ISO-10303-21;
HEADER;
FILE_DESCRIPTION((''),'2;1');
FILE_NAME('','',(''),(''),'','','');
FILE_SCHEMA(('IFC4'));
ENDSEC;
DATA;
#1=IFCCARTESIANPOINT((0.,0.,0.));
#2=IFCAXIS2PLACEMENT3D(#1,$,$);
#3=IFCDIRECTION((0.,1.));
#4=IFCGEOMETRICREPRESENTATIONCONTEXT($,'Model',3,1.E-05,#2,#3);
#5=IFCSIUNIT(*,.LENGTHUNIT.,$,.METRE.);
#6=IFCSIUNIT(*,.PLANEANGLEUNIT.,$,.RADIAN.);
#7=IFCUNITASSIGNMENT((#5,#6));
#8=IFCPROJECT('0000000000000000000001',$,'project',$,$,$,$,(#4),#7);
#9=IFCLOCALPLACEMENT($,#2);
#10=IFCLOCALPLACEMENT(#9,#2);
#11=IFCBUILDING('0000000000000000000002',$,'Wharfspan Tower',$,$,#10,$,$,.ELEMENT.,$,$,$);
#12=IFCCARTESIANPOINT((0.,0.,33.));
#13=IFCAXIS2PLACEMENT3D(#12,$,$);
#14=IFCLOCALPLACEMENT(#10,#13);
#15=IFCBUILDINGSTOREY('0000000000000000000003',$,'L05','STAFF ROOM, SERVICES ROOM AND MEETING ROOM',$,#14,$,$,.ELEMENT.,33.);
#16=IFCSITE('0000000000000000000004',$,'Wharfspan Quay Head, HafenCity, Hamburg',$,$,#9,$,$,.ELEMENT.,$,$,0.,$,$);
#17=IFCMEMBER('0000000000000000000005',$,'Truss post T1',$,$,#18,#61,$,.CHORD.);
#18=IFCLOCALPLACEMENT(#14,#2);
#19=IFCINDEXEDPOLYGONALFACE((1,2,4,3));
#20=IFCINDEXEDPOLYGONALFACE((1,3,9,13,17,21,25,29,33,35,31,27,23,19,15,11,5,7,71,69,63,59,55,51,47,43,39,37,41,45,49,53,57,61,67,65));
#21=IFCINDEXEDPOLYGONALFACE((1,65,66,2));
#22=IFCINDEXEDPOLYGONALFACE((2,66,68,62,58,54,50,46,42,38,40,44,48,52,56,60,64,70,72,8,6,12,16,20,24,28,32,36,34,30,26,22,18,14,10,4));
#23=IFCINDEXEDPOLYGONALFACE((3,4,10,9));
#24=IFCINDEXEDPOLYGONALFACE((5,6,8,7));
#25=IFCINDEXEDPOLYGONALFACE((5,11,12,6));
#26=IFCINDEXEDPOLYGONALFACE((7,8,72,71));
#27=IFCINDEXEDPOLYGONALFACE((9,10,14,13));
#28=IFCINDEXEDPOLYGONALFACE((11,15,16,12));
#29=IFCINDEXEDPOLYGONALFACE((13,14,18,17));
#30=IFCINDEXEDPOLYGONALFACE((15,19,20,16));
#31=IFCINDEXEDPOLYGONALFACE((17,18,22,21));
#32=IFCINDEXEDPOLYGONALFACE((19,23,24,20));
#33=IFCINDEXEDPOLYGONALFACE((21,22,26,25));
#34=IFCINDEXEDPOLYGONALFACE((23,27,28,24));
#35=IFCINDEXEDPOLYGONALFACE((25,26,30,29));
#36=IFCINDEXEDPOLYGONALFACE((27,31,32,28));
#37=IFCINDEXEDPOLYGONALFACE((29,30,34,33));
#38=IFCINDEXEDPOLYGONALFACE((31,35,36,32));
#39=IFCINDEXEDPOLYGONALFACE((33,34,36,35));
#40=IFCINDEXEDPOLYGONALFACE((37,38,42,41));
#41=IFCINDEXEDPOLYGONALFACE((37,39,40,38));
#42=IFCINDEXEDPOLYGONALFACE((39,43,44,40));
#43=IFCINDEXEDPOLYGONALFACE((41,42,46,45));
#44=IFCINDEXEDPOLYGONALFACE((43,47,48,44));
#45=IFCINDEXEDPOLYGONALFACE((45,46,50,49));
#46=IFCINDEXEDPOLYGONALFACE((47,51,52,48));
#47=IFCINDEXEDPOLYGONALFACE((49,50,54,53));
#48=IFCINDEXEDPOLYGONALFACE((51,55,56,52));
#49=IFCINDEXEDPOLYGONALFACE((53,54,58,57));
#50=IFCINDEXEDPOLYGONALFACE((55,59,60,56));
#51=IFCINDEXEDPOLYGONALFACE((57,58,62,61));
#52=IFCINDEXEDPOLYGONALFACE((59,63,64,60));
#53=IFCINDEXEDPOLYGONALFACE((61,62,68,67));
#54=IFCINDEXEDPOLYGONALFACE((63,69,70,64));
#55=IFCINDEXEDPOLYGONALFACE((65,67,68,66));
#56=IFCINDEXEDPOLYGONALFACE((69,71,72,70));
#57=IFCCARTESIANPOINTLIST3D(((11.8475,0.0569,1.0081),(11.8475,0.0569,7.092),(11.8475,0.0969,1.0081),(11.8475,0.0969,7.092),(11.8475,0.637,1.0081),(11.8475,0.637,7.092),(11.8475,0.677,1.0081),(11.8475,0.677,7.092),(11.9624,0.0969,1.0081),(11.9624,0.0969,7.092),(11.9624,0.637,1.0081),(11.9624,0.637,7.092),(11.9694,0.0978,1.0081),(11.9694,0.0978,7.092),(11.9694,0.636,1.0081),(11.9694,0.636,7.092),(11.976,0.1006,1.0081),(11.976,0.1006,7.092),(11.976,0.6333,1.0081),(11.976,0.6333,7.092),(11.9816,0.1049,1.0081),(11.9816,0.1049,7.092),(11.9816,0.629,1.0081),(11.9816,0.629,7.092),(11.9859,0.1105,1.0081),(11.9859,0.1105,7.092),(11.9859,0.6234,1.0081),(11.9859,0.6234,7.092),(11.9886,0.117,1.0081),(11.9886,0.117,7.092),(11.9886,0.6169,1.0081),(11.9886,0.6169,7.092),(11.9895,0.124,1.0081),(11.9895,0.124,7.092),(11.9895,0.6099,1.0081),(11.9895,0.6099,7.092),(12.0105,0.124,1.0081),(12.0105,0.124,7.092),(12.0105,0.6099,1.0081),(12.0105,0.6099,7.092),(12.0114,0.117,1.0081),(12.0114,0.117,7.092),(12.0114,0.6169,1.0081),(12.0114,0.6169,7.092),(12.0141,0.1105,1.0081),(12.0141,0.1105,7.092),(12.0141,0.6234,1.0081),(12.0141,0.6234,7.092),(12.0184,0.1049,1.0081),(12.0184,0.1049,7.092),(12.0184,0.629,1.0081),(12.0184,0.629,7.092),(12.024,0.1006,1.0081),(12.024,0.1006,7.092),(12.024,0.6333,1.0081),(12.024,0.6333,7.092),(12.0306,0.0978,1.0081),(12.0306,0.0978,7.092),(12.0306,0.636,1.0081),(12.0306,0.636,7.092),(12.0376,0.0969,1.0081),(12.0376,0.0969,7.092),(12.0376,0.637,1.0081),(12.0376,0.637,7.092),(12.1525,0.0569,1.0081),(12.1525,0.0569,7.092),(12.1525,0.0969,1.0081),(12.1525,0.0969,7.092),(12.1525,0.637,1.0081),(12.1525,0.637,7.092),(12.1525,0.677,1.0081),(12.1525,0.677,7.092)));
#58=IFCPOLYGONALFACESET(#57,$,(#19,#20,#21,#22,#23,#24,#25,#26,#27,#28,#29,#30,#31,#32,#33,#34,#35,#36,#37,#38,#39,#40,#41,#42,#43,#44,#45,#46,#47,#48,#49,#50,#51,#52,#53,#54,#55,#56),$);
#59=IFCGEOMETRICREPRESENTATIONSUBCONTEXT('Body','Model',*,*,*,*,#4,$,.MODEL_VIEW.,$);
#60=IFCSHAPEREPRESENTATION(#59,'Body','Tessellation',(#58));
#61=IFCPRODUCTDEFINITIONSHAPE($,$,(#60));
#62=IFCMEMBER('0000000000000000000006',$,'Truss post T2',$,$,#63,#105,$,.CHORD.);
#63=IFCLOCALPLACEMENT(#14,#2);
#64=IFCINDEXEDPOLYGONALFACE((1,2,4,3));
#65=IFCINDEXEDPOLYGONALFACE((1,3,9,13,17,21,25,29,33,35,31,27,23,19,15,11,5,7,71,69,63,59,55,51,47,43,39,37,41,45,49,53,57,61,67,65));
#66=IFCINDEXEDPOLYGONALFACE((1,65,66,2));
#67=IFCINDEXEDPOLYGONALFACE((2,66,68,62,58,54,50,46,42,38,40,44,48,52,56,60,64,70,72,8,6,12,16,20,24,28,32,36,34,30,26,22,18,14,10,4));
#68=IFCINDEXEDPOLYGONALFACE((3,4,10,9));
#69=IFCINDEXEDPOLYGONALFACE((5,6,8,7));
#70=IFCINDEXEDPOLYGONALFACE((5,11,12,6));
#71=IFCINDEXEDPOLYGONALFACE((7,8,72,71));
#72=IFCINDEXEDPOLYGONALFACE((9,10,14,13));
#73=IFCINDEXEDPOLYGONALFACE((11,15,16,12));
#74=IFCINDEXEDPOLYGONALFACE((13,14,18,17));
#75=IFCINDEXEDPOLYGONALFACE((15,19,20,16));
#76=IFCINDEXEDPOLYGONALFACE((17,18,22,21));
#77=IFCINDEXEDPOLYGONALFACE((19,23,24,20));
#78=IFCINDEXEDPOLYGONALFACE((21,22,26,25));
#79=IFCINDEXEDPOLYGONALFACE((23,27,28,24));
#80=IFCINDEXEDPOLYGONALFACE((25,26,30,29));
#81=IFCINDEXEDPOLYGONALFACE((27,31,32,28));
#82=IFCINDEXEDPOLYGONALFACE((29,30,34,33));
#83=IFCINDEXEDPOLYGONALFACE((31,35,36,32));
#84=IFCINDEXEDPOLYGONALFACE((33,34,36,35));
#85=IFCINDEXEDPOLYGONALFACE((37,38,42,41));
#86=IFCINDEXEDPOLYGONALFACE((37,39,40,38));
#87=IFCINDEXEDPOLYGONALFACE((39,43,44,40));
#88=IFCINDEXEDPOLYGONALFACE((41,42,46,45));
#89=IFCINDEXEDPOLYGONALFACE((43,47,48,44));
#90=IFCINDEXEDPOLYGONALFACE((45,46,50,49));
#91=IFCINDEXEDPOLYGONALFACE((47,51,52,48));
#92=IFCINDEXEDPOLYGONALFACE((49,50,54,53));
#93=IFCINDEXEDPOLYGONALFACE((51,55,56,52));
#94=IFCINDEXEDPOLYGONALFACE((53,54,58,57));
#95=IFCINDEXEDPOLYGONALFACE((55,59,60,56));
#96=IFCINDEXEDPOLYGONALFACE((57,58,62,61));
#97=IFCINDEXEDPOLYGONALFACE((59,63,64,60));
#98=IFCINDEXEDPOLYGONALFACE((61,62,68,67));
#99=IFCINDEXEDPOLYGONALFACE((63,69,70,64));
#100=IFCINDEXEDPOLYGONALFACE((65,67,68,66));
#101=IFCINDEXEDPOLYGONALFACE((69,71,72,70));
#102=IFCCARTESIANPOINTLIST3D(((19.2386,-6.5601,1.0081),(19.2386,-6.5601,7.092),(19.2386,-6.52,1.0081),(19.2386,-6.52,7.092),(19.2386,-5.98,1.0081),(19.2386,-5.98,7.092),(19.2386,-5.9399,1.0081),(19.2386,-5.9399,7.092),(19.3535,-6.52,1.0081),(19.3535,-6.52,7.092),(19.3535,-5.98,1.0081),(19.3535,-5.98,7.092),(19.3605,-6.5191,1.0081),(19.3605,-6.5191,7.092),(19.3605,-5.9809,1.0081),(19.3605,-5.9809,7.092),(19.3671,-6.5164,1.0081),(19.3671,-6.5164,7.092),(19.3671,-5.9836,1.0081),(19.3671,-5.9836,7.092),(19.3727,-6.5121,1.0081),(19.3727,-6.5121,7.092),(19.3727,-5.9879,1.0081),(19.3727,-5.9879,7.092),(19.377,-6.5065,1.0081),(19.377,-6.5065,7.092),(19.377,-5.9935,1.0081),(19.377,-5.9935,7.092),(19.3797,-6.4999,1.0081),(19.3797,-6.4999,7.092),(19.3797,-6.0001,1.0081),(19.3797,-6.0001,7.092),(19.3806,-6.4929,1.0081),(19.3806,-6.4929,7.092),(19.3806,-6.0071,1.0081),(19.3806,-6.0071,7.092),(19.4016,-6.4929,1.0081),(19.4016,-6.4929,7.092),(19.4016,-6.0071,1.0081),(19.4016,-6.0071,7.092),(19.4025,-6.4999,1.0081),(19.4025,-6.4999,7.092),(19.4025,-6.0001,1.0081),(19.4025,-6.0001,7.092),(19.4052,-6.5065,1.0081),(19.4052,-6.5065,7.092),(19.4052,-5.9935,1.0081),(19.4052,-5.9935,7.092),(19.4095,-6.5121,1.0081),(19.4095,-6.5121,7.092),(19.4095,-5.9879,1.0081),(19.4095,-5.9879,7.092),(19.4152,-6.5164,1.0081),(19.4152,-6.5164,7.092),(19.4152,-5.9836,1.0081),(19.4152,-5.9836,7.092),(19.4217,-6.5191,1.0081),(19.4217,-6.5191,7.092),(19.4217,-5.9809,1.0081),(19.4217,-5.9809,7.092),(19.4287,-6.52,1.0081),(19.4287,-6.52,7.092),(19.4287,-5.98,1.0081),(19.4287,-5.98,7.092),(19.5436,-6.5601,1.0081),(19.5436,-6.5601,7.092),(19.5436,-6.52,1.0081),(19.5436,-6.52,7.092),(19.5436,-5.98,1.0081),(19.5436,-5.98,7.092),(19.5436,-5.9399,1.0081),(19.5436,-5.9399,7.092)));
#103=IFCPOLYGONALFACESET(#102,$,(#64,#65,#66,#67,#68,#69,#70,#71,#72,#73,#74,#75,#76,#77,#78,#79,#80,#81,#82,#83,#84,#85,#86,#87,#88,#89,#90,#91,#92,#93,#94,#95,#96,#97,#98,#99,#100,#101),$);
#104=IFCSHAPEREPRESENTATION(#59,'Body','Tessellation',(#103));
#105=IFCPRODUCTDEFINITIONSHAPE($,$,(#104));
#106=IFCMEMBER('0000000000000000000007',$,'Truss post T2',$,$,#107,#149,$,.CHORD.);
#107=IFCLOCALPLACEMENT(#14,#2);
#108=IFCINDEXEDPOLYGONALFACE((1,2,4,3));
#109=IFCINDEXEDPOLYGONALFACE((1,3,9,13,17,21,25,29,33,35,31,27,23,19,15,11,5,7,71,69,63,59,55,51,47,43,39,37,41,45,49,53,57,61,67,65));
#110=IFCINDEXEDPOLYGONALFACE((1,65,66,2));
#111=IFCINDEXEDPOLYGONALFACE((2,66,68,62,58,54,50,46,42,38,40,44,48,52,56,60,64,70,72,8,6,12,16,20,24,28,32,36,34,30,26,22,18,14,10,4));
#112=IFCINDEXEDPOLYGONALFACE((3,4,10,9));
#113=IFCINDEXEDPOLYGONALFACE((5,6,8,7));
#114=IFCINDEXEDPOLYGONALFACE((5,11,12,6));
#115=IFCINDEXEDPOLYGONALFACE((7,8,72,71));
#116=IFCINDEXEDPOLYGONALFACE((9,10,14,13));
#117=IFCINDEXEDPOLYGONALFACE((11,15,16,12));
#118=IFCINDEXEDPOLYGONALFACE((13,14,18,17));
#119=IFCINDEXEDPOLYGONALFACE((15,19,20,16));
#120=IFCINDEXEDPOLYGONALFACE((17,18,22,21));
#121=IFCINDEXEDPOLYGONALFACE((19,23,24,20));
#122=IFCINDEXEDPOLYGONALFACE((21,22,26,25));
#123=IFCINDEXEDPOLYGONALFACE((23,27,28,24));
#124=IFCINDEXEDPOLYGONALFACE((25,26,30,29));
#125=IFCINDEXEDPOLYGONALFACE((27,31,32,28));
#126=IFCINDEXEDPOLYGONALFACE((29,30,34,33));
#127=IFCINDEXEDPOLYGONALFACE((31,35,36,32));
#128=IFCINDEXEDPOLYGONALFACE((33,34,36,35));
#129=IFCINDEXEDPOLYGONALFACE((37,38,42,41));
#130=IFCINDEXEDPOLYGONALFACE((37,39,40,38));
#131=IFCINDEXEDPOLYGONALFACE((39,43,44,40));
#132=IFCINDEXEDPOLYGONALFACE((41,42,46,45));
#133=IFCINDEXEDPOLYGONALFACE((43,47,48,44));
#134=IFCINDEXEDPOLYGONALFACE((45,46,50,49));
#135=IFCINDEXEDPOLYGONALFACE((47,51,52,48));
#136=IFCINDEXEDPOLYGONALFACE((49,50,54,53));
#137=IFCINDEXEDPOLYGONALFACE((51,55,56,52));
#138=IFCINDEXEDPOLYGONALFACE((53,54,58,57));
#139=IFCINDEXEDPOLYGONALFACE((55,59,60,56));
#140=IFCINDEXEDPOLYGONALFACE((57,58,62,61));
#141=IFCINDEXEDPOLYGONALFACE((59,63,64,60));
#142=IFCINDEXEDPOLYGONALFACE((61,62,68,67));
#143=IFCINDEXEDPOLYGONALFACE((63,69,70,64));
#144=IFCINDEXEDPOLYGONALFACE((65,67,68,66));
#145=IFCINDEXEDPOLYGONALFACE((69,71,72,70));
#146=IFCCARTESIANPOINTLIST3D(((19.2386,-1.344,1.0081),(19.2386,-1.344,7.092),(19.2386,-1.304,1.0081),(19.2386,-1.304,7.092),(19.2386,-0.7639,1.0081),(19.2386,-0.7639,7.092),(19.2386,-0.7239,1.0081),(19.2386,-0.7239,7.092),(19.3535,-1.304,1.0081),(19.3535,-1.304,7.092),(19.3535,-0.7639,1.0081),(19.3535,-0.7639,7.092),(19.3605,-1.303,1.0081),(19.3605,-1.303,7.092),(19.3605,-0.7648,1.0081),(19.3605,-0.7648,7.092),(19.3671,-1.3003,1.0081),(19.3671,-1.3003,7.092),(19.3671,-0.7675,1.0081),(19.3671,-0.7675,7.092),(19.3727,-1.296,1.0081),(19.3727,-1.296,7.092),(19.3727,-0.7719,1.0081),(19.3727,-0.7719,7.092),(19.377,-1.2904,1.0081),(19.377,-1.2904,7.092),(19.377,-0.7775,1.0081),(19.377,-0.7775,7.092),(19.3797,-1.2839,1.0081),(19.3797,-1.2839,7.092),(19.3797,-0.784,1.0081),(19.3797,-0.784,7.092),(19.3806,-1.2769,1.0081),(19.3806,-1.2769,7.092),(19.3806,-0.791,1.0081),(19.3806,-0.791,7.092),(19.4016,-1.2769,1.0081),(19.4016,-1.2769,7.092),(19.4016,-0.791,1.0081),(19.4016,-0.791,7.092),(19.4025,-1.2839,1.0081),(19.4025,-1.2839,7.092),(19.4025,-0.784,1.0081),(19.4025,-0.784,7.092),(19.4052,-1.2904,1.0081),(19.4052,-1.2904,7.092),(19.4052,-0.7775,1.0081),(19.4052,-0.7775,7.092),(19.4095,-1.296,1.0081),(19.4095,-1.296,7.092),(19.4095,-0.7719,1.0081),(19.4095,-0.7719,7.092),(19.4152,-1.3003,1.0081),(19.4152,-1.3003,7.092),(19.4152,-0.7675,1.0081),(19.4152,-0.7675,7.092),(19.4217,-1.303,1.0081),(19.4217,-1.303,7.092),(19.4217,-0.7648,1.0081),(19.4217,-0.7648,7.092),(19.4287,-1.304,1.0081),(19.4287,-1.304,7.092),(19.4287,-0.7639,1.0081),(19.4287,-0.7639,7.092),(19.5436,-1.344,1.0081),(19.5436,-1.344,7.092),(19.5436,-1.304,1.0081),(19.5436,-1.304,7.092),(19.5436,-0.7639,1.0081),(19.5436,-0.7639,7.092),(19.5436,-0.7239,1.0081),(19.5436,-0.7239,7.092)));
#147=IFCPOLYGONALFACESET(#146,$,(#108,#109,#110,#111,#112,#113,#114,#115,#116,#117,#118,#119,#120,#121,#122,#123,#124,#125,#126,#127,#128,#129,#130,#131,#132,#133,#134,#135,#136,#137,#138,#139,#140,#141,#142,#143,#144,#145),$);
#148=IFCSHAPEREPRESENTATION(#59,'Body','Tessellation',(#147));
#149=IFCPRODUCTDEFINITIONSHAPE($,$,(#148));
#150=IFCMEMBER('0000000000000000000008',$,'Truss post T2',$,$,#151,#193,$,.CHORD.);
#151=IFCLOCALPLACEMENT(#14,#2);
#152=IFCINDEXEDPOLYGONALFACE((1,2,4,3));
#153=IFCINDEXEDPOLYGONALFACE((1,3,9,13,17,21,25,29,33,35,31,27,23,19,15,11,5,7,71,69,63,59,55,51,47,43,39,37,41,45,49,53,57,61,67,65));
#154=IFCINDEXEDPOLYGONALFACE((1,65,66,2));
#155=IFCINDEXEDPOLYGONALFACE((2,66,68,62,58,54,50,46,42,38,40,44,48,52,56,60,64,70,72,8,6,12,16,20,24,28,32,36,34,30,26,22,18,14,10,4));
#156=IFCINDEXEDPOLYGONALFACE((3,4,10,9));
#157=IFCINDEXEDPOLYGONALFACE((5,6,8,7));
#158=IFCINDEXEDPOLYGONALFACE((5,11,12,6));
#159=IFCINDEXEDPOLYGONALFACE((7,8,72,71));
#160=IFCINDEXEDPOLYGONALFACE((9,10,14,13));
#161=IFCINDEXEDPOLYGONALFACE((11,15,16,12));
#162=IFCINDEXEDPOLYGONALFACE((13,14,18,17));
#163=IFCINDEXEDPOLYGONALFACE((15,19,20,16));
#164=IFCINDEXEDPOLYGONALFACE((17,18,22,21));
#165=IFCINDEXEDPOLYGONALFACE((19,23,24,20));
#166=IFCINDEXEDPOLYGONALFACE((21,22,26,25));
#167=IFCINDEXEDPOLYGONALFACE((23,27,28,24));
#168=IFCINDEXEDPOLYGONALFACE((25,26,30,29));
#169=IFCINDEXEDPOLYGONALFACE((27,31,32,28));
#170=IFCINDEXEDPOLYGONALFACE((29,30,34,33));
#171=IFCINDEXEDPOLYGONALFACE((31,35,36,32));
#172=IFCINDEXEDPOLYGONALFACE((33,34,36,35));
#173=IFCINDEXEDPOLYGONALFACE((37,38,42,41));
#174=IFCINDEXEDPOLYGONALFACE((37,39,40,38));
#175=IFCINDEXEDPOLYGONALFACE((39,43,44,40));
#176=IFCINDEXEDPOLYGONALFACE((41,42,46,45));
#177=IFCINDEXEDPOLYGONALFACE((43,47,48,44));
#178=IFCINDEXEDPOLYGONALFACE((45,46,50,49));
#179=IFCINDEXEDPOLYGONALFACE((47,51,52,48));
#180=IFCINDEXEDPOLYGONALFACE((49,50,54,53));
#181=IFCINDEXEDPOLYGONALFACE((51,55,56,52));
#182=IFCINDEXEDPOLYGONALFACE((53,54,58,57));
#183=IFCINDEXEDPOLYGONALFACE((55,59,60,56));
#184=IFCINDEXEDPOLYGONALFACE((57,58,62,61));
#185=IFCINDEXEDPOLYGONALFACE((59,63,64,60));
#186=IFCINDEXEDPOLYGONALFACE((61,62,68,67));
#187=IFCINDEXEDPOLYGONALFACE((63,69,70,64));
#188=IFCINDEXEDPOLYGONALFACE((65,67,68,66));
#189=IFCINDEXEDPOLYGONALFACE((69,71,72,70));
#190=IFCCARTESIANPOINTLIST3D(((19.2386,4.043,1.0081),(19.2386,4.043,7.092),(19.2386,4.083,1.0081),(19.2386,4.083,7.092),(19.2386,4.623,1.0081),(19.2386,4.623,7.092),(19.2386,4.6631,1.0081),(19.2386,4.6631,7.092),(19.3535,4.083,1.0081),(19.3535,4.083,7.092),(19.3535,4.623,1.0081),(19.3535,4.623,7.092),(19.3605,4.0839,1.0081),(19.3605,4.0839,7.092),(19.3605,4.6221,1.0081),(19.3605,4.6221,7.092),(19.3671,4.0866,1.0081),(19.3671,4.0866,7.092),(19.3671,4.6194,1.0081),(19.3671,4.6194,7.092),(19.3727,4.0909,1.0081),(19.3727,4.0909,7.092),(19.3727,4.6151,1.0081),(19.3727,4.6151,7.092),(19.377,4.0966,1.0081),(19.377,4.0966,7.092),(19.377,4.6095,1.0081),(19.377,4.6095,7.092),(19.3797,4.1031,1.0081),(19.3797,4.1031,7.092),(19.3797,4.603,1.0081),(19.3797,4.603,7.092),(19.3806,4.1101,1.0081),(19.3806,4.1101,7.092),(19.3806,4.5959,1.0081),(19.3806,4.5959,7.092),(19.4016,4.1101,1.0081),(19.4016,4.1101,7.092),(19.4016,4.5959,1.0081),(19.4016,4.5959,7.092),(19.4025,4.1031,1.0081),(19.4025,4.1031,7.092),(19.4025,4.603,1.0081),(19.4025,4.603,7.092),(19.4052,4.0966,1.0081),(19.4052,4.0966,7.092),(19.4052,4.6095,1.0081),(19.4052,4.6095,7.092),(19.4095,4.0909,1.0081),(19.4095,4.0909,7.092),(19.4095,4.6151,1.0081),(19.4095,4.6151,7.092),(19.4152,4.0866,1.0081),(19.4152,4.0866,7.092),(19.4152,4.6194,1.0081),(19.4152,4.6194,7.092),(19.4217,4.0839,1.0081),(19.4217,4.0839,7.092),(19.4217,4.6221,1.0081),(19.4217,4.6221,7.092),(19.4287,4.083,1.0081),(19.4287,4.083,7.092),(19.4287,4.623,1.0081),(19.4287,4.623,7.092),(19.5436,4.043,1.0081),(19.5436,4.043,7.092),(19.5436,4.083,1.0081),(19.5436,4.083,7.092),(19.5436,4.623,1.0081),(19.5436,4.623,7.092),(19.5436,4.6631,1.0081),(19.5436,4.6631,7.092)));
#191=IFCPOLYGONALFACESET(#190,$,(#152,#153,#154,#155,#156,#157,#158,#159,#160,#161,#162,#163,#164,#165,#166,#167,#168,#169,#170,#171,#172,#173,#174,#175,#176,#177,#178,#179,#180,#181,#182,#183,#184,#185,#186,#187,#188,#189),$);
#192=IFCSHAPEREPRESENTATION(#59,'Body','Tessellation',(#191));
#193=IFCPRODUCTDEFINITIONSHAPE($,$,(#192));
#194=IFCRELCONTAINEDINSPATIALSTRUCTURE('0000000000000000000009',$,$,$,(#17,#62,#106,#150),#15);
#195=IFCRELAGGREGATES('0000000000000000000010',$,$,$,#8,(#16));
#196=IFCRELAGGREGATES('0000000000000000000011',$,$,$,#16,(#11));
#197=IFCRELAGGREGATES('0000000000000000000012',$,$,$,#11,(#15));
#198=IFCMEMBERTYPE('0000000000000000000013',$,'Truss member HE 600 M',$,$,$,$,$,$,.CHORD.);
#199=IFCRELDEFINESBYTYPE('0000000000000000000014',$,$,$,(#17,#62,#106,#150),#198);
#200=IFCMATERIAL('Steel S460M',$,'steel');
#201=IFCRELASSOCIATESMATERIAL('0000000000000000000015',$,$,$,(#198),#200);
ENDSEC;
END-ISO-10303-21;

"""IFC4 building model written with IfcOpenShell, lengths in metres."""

from ifc_helpers import new_model, si_unit, direction, frame, origin, origin_2d, place, context, subcontext, project, spatial, i_section, extrude, material, material_profile, profile_set, type_object, element, save


model = new_model("IFC4")

# Units and contexts
model_context = context("Model", 3, precision=1e-05, world=origin(), true_north=direction((0.0, 1.0)))
body_context = subcontext(model_context, "Body", "Model", "MODEL_VIEW")
ifc_project = project(units=[si_unit("LENGTHUNIT", "METRE"), si_unit("PLANEANGLEUNIT", "RADIAN")], contexts=[model_context])

# Site, building, storey
site_placement = place(None, origin())
site = spatial("IfcSite", under=ifc_project, at=site_placement, Name="Wharfspan Quay Head, HafenCity, Hamburg", CompositionType="ELEMENT", RefElevation=0.0)
building_placement = place(site_placement, origin())
building = spatial("IfcBuilding", under=site, at=building_placement, Name="Wharfspan Tower", CompositionType="ELEMENT")
storey_placement = place(building_placement, frame((0.0, 0.0, 33.0)))
storey = spatial("IfcBuildingStorey", under=building, at=storey_placement, Name="L05", Description="STAFF ROOM, SERVICES ROOM AND MEETING ROOM", CompositionType="ELEMENT", Elevation=33.0)

# Members
ifc_material_1 = material(Name="Steel S460M", Category="steel")
ifc_material_profile_1 = material_profile(ifc_material_1, i_section(OverallWidth=0.3049, OverallDepth=0.6201, WebThickness=0.021, FlangeThickness=0.04, FilletRadius=0.0271, at=origin_2d()))
ifc_profile_set_1 = profile_set([ifc_material_profile_1], Name="Steel S460M")
member_type_1 = type_object("IfcMemberType", Name="Truss member HE 600 M", PredefinedType="CHORD", material=ifc_profile_set_1)
for number, where, z_axis, x_axis, name in (
    (1, (12.0, 0.3669, 1.0081), (0.0, 0.0, 1.0), (1.0, 0.0, 0.0), "Truss post T1"),
    (2, (19.3911, -6.25, 1.0081), (0.0, 0.0, 1.0), (1.0, 0.0, 0.0), "Truss post T2"),
    (3, (19.3911, -1.0339, 1.0081), (0.0, 0.0, 1.0), (1.0, 0.0, 0.0), "Truss post T2"),
    (4, (19.3911, 4.353, 1.0081), (0.0, 0.0, 1.0), (1.0, 0.0, 0.0), "Truss post T2"),
):
    element("IfcMember", number, at=place(storey_placement, frame(where, z_axis=z_axis, x_axis=x_axis)), inside=storey, type_object=member_type_1, Name=name, PredefinedType="CHORD", context=body_context, shape_type="SweptSolid", body=[
        extrude(i_section(OverallWidth=0.3049, OverallDepth=0.6201, WebThickness=0.021, FlangeThickness=0.04, FilletRadius=0.0271, at=origin_2d()), origin(), (0.0, 0.0, 1.0), 6.084),
    ])

save(model, "model.ifc")
